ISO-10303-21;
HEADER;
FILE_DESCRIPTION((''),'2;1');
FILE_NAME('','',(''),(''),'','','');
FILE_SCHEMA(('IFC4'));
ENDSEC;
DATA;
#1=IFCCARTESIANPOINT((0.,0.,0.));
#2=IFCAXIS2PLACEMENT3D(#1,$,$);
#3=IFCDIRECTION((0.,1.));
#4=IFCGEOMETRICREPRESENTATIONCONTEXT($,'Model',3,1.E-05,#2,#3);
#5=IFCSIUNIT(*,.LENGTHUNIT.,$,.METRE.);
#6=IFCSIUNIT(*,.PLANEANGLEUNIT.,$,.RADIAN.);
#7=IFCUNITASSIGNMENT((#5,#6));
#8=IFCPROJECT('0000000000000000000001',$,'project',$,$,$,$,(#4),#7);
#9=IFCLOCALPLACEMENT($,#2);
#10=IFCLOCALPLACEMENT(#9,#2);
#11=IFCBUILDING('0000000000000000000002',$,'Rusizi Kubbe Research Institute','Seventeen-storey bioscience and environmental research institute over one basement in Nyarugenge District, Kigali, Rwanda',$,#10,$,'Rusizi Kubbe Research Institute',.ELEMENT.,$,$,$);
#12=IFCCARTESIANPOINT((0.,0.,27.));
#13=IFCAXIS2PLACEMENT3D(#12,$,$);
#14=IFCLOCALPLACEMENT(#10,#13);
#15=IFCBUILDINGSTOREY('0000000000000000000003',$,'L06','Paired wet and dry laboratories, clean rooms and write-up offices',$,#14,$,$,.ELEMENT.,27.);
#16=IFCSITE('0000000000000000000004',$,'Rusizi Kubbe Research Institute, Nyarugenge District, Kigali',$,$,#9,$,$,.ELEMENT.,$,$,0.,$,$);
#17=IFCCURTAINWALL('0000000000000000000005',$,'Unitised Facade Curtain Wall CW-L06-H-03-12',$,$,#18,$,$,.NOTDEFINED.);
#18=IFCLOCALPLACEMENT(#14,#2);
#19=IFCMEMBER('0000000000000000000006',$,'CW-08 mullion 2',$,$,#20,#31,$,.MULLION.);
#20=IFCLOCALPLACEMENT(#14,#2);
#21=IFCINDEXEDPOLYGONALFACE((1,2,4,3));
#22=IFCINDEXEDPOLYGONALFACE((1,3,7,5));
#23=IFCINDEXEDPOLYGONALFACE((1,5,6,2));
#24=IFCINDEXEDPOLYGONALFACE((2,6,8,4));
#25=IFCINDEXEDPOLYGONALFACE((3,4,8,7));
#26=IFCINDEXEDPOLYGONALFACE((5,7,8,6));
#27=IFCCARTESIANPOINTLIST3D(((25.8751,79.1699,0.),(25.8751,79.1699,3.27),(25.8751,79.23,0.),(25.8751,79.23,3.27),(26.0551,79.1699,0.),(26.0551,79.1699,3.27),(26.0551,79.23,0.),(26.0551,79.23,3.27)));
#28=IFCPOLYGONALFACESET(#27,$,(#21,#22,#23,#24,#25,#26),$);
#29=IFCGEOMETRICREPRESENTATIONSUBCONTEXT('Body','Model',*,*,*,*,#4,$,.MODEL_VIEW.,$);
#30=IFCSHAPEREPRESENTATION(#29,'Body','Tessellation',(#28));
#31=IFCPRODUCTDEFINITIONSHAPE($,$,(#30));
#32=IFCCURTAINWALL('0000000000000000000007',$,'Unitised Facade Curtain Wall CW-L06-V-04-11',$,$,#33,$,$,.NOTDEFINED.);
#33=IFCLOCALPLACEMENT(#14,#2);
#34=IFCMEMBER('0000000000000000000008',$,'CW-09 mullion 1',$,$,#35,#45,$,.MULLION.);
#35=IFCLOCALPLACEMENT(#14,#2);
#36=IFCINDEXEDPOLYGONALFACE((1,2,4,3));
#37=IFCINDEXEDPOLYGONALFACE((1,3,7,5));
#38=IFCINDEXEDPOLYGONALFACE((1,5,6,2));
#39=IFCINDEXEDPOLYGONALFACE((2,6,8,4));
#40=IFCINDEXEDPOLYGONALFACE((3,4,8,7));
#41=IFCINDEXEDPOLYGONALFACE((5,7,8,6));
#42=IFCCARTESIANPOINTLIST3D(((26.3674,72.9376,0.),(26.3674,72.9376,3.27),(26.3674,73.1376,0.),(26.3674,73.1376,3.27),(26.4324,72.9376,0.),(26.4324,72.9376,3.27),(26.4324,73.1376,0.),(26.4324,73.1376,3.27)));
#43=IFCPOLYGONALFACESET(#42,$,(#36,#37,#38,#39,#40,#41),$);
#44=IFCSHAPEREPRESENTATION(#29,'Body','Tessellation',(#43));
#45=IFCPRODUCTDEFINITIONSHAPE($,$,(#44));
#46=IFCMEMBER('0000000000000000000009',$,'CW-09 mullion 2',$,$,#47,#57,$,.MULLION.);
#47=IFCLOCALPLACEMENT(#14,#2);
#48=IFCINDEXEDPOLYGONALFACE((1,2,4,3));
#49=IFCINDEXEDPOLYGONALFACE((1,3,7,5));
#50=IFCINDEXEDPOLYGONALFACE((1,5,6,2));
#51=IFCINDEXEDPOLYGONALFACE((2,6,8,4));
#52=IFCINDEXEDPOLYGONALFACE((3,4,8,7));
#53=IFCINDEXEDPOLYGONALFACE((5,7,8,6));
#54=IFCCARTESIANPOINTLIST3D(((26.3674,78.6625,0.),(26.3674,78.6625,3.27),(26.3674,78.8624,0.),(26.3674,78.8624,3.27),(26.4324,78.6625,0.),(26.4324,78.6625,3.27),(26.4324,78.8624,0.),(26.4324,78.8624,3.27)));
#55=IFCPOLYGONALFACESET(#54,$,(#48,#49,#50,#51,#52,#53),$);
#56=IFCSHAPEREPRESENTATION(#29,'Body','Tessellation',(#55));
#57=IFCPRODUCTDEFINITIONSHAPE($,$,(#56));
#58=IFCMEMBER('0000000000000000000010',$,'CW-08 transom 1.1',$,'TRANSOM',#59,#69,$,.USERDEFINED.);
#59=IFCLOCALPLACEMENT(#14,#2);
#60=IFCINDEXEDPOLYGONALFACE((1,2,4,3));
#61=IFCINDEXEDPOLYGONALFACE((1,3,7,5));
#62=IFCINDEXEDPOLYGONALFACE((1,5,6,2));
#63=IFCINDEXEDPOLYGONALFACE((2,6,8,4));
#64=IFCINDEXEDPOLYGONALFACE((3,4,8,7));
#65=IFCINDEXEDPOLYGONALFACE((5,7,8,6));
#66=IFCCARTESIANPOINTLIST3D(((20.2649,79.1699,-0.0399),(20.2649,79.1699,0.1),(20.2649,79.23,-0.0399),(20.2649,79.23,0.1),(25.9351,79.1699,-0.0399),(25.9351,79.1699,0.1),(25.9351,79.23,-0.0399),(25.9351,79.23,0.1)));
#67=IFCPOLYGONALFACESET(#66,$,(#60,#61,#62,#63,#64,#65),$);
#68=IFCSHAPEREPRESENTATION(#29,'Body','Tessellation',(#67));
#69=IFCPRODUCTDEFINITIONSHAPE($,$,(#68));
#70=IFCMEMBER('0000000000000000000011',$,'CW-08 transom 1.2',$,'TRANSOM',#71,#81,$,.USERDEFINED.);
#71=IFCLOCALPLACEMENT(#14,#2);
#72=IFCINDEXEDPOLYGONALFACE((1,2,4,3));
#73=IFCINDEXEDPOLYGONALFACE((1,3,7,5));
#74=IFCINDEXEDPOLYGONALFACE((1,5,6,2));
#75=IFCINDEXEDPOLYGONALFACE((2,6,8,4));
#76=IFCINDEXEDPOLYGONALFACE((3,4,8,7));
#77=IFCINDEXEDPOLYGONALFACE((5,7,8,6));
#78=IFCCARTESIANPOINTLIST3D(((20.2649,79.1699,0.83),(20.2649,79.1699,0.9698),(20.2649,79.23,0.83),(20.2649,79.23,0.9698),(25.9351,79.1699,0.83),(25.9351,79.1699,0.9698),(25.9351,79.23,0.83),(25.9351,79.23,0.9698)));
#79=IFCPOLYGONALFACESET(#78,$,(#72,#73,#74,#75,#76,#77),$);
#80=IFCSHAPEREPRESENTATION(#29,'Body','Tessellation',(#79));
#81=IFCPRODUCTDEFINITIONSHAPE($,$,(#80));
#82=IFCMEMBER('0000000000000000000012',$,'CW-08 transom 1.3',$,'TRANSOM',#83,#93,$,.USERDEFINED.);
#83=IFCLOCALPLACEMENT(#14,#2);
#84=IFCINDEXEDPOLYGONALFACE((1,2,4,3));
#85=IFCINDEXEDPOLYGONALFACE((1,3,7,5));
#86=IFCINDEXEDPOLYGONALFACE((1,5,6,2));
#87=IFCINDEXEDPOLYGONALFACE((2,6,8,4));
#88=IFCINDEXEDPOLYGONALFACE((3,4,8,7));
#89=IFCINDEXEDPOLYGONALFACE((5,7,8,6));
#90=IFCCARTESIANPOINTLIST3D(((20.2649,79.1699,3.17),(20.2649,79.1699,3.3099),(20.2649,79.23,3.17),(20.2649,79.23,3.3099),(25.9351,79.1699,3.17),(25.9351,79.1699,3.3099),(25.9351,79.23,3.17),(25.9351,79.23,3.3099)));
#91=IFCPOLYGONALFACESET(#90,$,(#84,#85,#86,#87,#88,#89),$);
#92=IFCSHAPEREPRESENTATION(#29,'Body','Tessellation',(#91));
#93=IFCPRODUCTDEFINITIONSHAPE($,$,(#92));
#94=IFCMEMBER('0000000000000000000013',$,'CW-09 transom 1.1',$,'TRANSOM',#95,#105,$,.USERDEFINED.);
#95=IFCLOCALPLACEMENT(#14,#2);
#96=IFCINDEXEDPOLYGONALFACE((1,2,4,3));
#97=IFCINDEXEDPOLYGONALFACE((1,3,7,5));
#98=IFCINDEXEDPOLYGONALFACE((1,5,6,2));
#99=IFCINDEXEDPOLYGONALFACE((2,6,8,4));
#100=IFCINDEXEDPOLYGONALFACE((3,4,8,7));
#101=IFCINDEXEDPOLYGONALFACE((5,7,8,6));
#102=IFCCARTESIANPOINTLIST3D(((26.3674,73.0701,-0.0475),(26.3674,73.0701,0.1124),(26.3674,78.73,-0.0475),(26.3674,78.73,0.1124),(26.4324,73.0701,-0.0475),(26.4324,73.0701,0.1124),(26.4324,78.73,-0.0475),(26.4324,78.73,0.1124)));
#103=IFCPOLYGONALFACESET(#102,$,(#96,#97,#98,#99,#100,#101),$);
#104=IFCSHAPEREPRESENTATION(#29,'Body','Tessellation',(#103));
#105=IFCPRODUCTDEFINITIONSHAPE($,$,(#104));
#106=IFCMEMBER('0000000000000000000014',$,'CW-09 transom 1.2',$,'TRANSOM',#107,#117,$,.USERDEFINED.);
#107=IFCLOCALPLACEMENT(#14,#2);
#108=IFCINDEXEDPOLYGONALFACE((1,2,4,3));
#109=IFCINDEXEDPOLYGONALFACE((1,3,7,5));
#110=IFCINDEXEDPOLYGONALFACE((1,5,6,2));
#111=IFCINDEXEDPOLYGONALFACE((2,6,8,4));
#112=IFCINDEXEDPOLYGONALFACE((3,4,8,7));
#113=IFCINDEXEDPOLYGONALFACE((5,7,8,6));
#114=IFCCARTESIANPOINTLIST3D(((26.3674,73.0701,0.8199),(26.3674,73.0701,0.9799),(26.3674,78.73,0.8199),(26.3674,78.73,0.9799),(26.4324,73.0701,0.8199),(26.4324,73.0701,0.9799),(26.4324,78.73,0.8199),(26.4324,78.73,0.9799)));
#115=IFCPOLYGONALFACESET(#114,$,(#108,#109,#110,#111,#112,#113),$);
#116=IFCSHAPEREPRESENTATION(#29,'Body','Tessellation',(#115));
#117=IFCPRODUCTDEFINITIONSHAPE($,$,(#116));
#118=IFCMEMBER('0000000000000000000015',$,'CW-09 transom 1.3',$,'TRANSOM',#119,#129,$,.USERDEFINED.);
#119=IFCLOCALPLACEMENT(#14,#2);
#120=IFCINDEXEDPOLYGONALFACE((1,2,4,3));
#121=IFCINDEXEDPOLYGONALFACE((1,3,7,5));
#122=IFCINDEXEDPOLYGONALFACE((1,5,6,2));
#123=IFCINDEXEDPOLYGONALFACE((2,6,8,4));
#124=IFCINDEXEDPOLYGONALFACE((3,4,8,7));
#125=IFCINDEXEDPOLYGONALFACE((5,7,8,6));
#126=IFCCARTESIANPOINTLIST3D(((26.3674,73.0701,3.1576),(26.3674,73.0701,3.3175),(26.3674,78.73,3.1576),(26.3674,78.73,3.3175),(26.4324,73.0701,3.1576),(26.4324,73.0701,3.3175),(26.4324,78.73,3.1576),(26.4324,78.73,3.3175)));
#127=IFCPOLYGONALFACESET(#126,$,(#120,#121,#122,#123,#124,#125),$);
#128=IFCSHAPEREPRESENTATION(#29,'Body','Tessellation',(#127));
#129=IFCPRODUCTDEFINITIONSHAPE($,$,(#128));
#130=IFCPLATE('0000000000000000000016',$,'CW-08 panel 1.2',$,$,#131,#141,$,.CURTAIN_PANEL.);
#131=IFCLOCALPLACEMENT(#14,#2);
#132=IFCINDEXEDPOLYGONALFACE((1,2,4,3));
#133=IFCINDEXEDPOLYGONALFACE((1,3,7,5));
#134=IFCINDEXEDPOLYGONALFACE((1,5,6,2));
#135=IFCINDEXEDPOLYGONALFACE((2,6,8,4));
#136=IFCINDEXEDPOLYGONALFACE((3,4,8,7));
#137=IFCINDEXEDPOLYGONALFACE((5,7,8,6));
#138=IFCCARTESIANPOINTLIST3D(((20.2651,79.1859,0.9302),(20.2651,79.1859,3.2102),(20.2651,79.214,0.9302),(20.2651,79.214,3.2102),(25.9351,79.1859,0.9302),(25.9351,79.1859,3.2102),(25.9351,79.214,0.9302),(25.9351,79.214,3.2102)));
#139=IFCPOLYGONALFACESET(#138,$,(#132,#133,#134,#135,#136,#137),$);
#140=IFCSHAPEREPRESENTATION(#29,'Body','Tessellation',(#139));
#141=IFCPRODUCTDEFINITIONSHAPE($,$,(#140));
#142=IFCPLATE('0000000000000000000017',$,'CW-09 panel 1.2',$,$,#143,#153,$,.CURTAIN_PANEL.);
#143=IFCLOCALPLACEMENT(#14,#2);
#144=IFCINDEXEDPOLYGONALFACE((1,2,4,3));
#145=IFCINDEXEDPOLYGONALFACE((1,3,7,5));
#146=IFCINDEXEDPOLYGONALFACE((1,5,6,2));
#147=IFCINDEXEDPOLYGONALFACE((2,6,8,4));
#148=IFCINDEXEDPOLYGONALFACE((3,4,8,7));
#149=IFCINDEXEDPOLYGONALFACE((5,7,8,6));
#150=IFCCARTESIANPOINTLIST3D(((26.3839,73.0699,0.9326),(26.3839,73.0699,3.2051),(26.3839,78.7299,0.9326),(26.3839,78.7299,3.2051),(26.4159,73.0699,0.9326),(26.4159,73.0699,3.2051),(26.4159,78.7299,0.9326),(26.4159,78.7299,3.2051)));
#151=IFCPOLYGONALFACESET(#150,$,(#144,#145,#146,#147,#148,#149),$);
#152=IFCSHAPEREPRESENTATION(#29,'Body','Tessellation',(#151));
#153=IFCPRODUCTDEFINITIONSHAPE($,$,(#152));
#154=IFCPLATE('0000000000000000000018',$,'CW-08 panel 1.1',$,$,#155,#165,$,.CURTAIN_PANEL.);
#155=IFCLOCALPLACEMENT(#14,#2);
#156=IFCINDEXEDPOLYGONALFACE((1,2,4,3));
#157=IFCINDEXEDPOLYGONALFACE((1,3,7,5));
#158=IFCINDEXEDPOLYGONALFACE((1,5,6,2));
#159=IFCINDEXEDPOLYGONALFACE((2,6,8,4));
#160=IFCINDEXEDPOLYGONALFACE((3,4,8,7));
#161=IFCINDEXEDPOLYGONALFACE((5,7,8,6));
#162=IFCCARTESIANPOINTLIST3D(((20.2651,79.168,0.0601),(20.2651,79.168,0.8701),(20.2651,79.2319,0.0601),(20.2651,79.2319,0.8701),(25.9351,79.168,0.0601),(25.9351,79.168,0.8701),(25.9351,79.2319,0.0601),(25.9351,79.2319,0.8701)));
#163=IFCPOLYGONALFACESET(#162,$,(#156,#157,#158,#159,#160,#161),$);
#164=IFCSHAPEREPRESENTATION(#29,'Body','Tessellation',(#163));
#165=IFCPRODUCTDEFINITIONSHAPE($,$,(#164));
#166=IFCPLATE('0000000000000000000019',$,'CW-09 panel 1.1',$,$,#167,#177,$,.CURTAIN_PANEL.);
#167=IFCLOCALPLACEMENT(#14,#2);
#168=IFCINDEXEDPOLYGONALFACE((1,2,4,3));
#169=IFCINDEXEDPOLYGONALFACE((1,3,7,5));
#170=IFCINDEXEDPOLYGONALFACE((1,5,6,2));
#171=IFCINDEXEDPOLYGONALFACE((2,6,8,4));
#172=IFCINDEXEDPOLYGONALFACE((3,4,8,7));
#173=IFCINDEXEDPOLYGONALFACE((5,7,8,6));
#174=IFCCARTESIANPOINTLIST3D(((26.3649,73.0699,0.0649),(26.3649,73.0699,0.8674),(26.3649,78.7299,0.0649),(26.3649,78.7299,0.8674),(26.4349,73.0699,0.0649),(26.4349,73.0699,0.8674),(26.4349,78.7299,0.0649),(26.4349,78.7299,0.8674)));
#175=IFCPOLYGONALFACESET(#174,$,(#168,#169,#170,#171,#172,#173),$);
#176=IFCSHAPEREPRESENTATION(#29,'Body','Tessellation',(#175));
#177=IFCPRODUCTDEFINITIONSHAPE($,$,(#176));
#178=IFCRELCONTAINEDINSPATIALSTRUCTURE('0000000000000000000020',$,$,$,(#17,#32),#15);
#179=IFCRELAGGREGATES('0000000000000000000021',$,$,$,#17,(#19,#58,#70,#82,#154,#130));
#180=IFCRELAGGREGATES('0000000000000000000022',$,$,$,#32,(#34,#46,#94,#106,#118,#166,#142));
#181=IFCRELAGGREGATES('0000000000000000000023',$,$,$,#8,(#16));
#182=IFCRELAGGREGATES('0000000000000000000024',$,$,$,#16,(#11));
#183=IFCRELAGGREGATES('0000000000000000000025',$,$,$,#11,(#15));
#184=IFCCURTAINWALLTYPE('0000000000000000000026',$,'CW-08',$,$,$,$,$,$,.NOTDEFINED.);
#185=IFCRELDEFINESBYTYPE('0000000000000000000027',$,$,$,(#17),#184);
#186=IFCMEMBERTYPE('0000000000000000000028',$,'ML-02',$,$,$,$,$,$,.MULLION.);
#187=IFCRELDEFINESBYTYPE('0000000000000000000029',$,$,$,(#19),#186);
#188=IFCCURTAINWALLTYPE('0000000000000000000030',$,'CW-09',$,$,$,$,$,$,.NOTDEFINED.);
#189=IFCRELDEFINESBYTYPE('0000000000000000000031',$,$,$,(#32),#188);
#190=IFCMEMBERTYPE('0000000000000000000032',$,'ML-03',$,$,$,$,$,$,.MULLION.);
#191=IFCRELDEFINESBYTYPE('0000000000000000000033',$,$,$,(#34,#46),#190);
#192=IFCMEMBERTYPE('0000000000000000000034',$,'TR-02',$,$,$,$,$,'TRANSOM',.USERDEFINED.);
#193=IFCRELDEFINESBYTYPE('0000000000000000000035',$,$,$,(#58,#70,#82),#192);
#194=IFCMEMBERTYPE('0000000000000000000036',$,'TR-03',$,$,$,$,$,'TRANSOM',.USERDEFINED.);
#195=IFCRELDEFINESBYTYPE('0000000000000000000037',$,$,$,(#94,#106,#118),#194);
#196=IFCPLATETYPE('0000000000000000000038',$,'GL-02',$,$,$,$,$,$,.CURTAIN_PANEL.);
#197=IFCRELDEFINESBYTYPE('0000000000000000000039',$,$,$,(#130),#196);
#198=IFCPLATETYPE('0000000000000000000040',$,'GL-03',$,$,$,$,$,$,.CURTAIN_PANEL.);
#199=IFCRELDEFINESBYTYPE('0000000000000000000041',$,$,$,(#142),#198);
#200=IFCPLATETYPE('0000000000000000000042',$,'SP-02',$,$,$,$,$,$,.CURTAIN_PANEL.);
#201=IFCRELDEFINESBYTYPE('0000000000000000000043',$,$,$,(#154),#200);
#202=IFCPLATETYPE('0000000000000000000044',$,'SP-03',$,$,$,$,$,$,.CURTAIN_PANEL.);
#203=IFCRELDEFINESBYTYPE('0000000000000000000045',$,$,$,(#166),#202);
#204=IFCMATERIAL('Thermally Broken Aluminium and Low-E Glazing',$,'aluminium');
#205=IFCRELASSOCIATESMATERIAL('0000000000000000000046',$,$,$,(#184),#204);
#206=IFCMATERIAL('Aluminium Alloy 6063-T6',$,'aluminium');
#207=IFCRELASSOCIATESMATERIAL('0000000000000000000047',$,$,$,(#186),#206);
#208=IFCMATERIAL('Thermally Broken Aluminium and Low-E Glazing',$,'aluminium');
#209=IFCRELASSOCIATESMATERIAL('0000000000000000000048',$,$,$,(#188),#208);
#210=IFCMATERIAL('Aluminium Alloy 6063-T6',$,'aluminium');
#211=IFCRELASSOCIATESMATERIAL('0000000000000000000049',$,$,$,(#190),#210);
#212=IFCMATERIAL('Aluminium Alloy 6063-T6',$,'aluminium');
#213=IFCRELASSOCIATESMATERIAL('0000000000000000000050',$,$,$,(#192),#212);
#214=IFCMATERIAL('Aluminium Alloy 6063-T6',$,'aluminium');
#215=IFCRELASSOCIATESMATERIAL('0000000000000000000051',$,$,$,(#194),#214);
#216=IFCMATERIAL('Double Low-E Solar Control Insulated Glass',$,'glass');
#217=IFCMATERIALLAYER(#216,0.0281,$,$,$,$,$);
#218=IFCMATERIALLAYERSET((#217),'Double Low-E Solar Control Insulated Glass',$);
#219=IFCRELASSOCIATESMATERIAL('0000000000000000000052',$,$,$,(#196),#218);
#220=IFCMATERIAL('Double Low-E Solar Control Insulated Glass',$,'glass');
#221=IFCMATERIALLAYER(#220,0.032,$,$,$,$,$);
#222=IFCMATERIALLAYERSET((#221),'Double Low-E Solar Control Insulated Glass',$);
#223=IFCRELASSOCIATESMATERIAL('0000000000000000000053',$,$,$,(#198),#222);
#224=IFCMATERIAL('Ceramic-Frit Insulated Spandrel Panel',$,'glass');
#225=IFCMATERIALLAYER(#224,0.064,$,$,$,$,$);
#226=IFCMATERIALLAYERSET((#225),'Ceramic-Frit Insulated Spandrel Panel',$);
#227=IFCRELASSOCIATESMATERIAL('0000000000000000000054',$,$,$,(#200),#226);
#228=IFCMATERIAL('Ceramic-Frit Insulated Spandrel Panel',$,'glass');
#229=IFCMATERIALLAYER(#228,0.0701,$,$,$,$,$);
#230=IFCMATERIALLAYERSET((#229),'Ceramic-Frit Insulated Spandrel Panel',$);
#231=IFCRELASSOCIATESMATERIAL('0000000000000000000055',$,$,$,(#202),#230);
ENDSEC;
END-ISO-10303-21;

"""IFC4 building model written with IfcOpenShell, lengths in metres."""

from ifc_helpers import new_model, si_unit, direction, frame, origin, origin_2d, place, context, subcontext, project, spatial, rectangle, extrude, material, layer, layer_set, material_profile, profile_set, type_object, element, aggregate, save


model = new_model("IFC4")

# Units and contexts
model_context = context("Model", 3, precision=1e-05, world=origin(), true_north=direction((0.0, 1.0)))
body_context = subcontext(model_context, "Body", "Model", "MODEL_VIEW")
ifc_project = project(units=[si_unit("LENGTHUNIT", "METRE"), si_unit("PLANEANGLEUNIT", "RADIAN")], contexts=[model_context])

# Site, building, storey
site_placement = place(None, origin())
site = spatial("IfcSite", under=ifc_project, at=site_placement, Name="Rusizi Kubbe Research Institute, Nyarugenge District, Kigali", CompositionType="ELEMENT", RefElevation=0.0)
building_placement = place(site_placement, origin())
building = spatial("IfcBuilding", under=site, at=building_placement, Name="Rusizi Kubbe Research Institute", Description="Seventeen-storey bioscience and environmental research institute over one basement in Nyarugenge District, Kigali, Rwanda", LongName="Rusizi Kubbe Research Institute", CompositionType="ELEMENT")
storey_placement = place(building_placement, frame((0.0, 0.0, 27.0)))
storey = spatial("IfcBuildingStorey", under=building, at=storey_placement, Name="L06", Description="Paired wet and dry laboratories, clean rooms and write-up offices", CompositionType="ELEMENT", Elevation=27.0)

# Curtain walls, members
ifc_material_1 = material(Name="Thermally Broken Aluminium and Low-E Glazing", Category="aluminium")
curtain_wall_type_1 = type_object("IfcCurtainWallType", Name="CW-08", PredefinedType="NOTDEFINED", material=ifc_material_1)
curtain_wall_1_placement = place(storey_placement, origin())
curtain_wall_1 = element("IfcCurtainWall", 1, at=curtain_wall_1_placement, inside=storey, type_object=curtain_wall_type_1, Name="Unitised Facade Curtain Wall CW-L06-H-03-12", PredefinedType="NOTDEFINED")
ifc_material_2 = material(Name="Aluminium Alloy 6063-T6", Category="aluminium")
ifc_material_profile_1 = material_profile(ifc_material_2, rectangle(XDim=0.0601, YDim=0.1799, at=origin_2d()), Name="ALU-M 60x180")
ifc_profile_set_1 = profile_set([ifc_material_profile_1], Name="Aluminium Alloy 6063-T6")
member_type_1 = type_object("IfcMemberType", Name="ML-02", PredefinedType="MULLION", material=ifc_profile_set_1)
member_1_placement = place(storey_placement, frame((25.9651, 79.2, 0.0), z_axis=(0.0, 0.0, 1.0), x_axis=(0.0, 1.0, 0.0)))
member_1 = element("IfcMember", 2, at=member_1_placement, type_object=member_type_1, Name="CW-08 mullion 2", PredefinedType="MULLION", context=body_context, shape_type="SweptSolid", body=[
    extrude(rectangle(XDim=0.0601, YDim=0.1799, at=origin_2d()), origin(), (0.0, 0.0, 1.0), 3.27),
])
ifc_material_3 = material(Name="Thermally Broken Aluminium and Low-E Glazing", Category="aluminium")
curtain_wall_type_2 = type_object("IfcCurtainWallType", Name="CW-09", PredefinedType="NOTDEFINED", material=ifc_material_3)
curtain_wall_2_placement = place(storey_placement, origin())
curtain_wall_2 = element("IfcCurtainWall", 3, at=curtain_wall_2_placement, inside=storey, type_object=curtain_wall_type_2, Name="Unitised Facade Curtain Wall CW-L06-V-04-11", PredefinedType="NOTDEFINED")
ifc_material_4 = material(Name="Aluminium Alloy 6063-T6", Category="aluminium")
ifc_material_profile_2 = material_profile(ifc_material_4, rectangle(XDim=0.0649, YDim=0.2, at=origin_2d()), Name="ALU-M 65x200")
ifc_profile_set_2 = profile_set([ifc_material_profile_2], Name="Aluminium Alloy 6063-T6")
member_type_2 = type_object("IfcMemberType", Name="ML-03", PredefinedType="MULLION", material=ifc_profile_set_2)
member_2_placement = place(storey_placement, frame((26.3999, 73.0376, 0.0), z_axis=(0.0, 0.0, 1.0), x_axis=(-1.0, 0.0, 0.0)))
member_2 = element("IfcMember", 4, at=member_2_placement, type_object=member_type_2, Name="CW-09 mullion 1", PredefinedType="MULLION", context=body_context, shape_type="SweptSolid", body=[
    extrude(rectangle(XDim=0.0649, YDim=0.2, at=origin_2d()), origin(), (0.0, 0.0, 1.0), 3.27),
])
member_3_placement = place(storey_placement, frame((26.3999, 78.7625, 0.0), z_axis=(0.0, 0.0, 1.0), x_axis=(-1.0, 0.0, 0.0)))
member_3 = element("IfcMember", 5, at=member_3_placement, type_object=member_type_2, Name="CW-09 mullion 2", PredefinedType="MULLION", context=body_context, shape_type="SweptSolid", body=[
    extrude(rectangle(XDim=0.0649, YDim=0.2, at=origin_2d()), origin(), (0.0, 0.0, 1.0), 3.27),
])

# Members
ifc_material_5 = material(Name="Aluminium Alloy 6063-T6", Category="aluminium")
ifc_material_profile_3 = material_profile(ifc_material_5, rectangle(XDim=0.0601, YDim=0.1399, at=origin_2d()), Name="ALU-T 60x140")
ifc_profile_set_3 = profile_set([ifc_material_profile_3], Name="Aluminium Alloy 6063-T6")
member_type_3 = type_object("IfcMemberType", Name="TR-02", ElementType="TRANSOM", PredefinedType="USERDEFINED", material=ifc_profile_set_3)
member_4_placement = place(storey_placement, frame((20.2649, 79.2, 0.03), z_axis=(1.0, 0.0, 0.0), x_axis=(0.0, 1.0, 0.0)))
member_4 = element("IfcMember", 6, at=member_4_placement, type_object=member_type_3, Name="CW-08 transom 1.1", ObjectType="TRANSOM", PredefinedType="USERDEFINED", context=body_context, shape_type="SweptSolid", body=[
    extrude(rectangle(XDim=0.0601, YDim=0.1399, at=origin_2d()), origin(), (0.0, 0.0, 1.0), 5.6702),
])
member_5_placement = place(storey_placement, frame((20.2649, 79.2, 0.8999), z_axis=(1.0, 0.0, 0.0), x_axis=(0.0, 1.0, 0.0)))
member_5 = element("IfcMember", 7, at=member_5_placement, type_object=member_type_3, Name="CW-08 transom 1.2", ObjectType="TRANSOM", PredefinedType="USERDEFINED", context=body_context, shape_type="SweptSolid", body=[
    extrude(rectangle(XDim=0.0601, YDim=0.1399, at=origin_2d()), origin(), (0.0, 0.0, 1.0), 5.6702),
])
member_6_placement = place(storey_placement, frame((20.2649, 79.2, 3.24), z_axis=(1.0, 0.0, 0.0), x_axis=(0.0, 1.0, 0.0)))
member_6 = element("IfcMember", 8, at=member_6_placement, type_object=member_type_3, Name="CW-08 transom 1.3", ObjectType="TRANSOM", PredefinedType="USERDEFINED", context=body_context, shape_type="SweptSolid", body=[
    extrude(rectangle(XDim=0.0601, YDim=0.1399, at=origin_2d()), origin(), (0.0, 0.0, 1.0), 5.6702),
])
ifc_material_6 = material(Name="Aluminium Alloy 6063-T6", Category="aluminium")
ifc_material_profile_4 = material_profile(ifc_material_6, rectangle(XDim=0.0649, YDim=0.1599, at=origin_2d()), Name="ALU-T 65x160")
ifc_profile_set_4 = profile_set([ifc_material_profile_4], Name="Aluminium Alloy 6063-T6")
member_type_4 = type_object("IfcMemberType", Name="TR-03", ElementType="TRANSOM", PredefinedType="USERDEFINED", material=ifc_profile_set_4)
member_7_placement = place(storey_placement, frame((26.3999, 73.0701, 0.0325), z_axis=(0.0, 1.0, 0.0), x_axis=(-1.0, 0.0, 0.0)))
member_7 = element("IfcMember", 9, at=member_7_placement, type_object=member_type_4, Name="CW-09 transom 1.1", ObjectType="TRANSOM", PredefinedType="USERDEFINED", context=body_context, shape_type="SweptSolid", body=[
    extrude(rectangle(XDim=0.0649, YDim=0.1599, at=origin_2d()), origin(), (0.0, 0.0, 1.0), 5.6599),
])
member_8_placement = place(storey_placement, frame((26.3999, 73.0701, 0.8999), z_axis=(0.0, 1.0, 0.0), x_axis=(-1.0, 0.0, 0.0)))
member_8 = element("IfcMember", 10, at=member_8_placement, type_object=member_type_4, Name="CW-09 transom 1.2", ObjectType="TRANSOM", PredefinedType="USERDEFINED", context=body_context, shape_type="SweptSolid", body=[
    extrude(rectangle(XDim=0.0649, YDim=0.1599, at=origin_2d()), origin(), (0.0, 0.0, 1.0), 5.6599),
])
member_9_placement = place(storey_placement, frame((26.3999, 73.0701, 3.2375), z_axis=(0.0, 1.0, 0.0), x_axis=(-1.0, 0.0, 0.0)))
member_9 = element("IfcMember", 11, at=member_9_placement, type_object=member_type_4, Name="CW-09 transom 1.3", ObjectType="TRANSOM", PredefinedType="USERDEFINED", context=body_context, shape_type="SweptSolid", body=[
    extrude(rectangle(XDim=0.0649, YDim=0.1599, at=origin_2d()), origin(), (0.0, 0.0, 1.0), 5.6599),
])

# Plates
ifc_material_7 = material(Name="Double Low-E Solar Control Insulated Glass", Category="glass")
ifc_layer_1 = layer(ifc_material_7, 0.0281)
ifc_layer_set_1 = layer_set([ifc_layer_1], Name="Double Low-E Solar Control Insulated Glass")
plate_type_1 = type_object("IfcPlateType", Name="GL-02", PredefinedType="CURTAIN_PANEL", material=ifc_layer_set_1)
plate_1_placement = place(storey_placement, frame((23.1001, 79.2, 0.9302), z_axis=(0.0, 0.0, 1.0), x_axis=(1.0, 0.0, 0.0)))
plate_1 = element("IfcPlate", 12, at=plate_1_placement, type_object=plate_type_1, Name="CW-08 panel 1.2", PredefinedType="CURTAIN_PANEL", context=body_context, shape_type="SweptSolid", body=[
    extrude(rectangle(XDim=5.6699, YDim=0.0281, at=origin_2d()), origin(), (0.0, 0.0, 1.0), 2.28),
])
ifc_material_8 = material(Name="Double Low-E Solar Control Insulated Glass", Category="glass")
ifc_layer_2 = layer(ifc_material_8, 0.032)
ifc_layer_set_2 = layer_set([ifc_layer_2], Name="Double Low-E Solar Control Insulated Glass")
plate_type_2 = type_object("IfcPlateType", Name="GL-03", PredefinedType="CURTAIN_PANEL", material=ifc_layer_set_2)
plate_2_placement = place(storey_placement, frame((26.3999, 75.8999, 0.9326), z_axis=(0.0, 0.0, 1.0), x_axis=(0.0, 1.0, 0.0)))
plate_2 = element("IfcPlate", 13, at=plate_2_placement, type_object=plate_type_2, Name="CW-09 panel 1.2", PredefinedType="CURTAIN_PANEL", context=body_context, shape_type="SweptSolid", body=[
    extrude(rectangle(XDim=5.6599, YDim=0.032, at=origin_2d()), origin(), (0.0, 0.0, 1.0), 2.2725),
])
ifc_material_9 = material(Name="Ceramic-Frit Insulated Spandrel Panel", Category="glass")
ifc_layer_3 = layer(ifc_material_9, 0.064)
ifc_layer_set_3 = layer_set([ifc_layer_3], Name="Ceramic-Frit Insulated Spandrel Panel")
plate_type_3 = type_object("IfcPlateType", Name="SP-02", PredefinedType="CURTAIN_PANEL", material=ifc_layer_set_3)
plate_3_placement = place(storey_placement, frame((23.1001, 79.2, 0.0601), z_axis=(0.0, 0.0, 1.0), x_axis=(1.0, 0.0, 0.0)))
plate_3 = element("IfcPlate", 14, at=plate_3_placement, type_object=plate_type_3, Name="CW-08 panel 1.1", PredefinedType="CURTAIN_PANEL", context=body_context, shape_type="SweptSolid", body=[
    extrude(rectangle(XDim=5.6699, YDim=0.064, at=origin_2d()), origin(), (0.0, 0.0, 1.0), 0.8101),
])
aggregate(curtain_wall_1, [member_1, member_4, member_5, member_6, plate_3, plate_1])
ifc_material_10 = material(Name="Ceramic-Frit Insulated Spandrel Panel", Category="glass")
ifc_layer_4 = layer(ifc_material_10, 0.0701)
ifc_layer_set_4 = layer_set([ifc_layer_4], Name="Ceramic-Frit Insulated Spandrel Panel")
plate_type_4 = type_object("IfcPlateType", Name="SP-03", PredefinedType="CURTAIN_PANEL", material=ifc_layer_set_4)
plate_4_placement = place(storey_placement, frame((26.3999, 75.8999, 0.0649), z_axis=(0.0, 0.0, 1.0), x_axis=(0.0, 1.0, 0.0)))
plate_4 = element("IfcPlate", 15, at=plate_4_placement, type_object=plate_type_4, Name="CW-09 panel 1.1", PredefinedType="CURTAIN_PANEL", context=body_context, shape_type="SweptSolid", body=[
    extrude(rectangle(XDim=5.6599, YDim=0.0701, at=origin_2d()), origin(), (0.0, 0.0, 1.0), 0.8025),
])
aggregate(curtain_wall_2, [member_2, member_3, member_7, member_8, member_9, plate_4, plate_2])

save(model, "model.ifc")
